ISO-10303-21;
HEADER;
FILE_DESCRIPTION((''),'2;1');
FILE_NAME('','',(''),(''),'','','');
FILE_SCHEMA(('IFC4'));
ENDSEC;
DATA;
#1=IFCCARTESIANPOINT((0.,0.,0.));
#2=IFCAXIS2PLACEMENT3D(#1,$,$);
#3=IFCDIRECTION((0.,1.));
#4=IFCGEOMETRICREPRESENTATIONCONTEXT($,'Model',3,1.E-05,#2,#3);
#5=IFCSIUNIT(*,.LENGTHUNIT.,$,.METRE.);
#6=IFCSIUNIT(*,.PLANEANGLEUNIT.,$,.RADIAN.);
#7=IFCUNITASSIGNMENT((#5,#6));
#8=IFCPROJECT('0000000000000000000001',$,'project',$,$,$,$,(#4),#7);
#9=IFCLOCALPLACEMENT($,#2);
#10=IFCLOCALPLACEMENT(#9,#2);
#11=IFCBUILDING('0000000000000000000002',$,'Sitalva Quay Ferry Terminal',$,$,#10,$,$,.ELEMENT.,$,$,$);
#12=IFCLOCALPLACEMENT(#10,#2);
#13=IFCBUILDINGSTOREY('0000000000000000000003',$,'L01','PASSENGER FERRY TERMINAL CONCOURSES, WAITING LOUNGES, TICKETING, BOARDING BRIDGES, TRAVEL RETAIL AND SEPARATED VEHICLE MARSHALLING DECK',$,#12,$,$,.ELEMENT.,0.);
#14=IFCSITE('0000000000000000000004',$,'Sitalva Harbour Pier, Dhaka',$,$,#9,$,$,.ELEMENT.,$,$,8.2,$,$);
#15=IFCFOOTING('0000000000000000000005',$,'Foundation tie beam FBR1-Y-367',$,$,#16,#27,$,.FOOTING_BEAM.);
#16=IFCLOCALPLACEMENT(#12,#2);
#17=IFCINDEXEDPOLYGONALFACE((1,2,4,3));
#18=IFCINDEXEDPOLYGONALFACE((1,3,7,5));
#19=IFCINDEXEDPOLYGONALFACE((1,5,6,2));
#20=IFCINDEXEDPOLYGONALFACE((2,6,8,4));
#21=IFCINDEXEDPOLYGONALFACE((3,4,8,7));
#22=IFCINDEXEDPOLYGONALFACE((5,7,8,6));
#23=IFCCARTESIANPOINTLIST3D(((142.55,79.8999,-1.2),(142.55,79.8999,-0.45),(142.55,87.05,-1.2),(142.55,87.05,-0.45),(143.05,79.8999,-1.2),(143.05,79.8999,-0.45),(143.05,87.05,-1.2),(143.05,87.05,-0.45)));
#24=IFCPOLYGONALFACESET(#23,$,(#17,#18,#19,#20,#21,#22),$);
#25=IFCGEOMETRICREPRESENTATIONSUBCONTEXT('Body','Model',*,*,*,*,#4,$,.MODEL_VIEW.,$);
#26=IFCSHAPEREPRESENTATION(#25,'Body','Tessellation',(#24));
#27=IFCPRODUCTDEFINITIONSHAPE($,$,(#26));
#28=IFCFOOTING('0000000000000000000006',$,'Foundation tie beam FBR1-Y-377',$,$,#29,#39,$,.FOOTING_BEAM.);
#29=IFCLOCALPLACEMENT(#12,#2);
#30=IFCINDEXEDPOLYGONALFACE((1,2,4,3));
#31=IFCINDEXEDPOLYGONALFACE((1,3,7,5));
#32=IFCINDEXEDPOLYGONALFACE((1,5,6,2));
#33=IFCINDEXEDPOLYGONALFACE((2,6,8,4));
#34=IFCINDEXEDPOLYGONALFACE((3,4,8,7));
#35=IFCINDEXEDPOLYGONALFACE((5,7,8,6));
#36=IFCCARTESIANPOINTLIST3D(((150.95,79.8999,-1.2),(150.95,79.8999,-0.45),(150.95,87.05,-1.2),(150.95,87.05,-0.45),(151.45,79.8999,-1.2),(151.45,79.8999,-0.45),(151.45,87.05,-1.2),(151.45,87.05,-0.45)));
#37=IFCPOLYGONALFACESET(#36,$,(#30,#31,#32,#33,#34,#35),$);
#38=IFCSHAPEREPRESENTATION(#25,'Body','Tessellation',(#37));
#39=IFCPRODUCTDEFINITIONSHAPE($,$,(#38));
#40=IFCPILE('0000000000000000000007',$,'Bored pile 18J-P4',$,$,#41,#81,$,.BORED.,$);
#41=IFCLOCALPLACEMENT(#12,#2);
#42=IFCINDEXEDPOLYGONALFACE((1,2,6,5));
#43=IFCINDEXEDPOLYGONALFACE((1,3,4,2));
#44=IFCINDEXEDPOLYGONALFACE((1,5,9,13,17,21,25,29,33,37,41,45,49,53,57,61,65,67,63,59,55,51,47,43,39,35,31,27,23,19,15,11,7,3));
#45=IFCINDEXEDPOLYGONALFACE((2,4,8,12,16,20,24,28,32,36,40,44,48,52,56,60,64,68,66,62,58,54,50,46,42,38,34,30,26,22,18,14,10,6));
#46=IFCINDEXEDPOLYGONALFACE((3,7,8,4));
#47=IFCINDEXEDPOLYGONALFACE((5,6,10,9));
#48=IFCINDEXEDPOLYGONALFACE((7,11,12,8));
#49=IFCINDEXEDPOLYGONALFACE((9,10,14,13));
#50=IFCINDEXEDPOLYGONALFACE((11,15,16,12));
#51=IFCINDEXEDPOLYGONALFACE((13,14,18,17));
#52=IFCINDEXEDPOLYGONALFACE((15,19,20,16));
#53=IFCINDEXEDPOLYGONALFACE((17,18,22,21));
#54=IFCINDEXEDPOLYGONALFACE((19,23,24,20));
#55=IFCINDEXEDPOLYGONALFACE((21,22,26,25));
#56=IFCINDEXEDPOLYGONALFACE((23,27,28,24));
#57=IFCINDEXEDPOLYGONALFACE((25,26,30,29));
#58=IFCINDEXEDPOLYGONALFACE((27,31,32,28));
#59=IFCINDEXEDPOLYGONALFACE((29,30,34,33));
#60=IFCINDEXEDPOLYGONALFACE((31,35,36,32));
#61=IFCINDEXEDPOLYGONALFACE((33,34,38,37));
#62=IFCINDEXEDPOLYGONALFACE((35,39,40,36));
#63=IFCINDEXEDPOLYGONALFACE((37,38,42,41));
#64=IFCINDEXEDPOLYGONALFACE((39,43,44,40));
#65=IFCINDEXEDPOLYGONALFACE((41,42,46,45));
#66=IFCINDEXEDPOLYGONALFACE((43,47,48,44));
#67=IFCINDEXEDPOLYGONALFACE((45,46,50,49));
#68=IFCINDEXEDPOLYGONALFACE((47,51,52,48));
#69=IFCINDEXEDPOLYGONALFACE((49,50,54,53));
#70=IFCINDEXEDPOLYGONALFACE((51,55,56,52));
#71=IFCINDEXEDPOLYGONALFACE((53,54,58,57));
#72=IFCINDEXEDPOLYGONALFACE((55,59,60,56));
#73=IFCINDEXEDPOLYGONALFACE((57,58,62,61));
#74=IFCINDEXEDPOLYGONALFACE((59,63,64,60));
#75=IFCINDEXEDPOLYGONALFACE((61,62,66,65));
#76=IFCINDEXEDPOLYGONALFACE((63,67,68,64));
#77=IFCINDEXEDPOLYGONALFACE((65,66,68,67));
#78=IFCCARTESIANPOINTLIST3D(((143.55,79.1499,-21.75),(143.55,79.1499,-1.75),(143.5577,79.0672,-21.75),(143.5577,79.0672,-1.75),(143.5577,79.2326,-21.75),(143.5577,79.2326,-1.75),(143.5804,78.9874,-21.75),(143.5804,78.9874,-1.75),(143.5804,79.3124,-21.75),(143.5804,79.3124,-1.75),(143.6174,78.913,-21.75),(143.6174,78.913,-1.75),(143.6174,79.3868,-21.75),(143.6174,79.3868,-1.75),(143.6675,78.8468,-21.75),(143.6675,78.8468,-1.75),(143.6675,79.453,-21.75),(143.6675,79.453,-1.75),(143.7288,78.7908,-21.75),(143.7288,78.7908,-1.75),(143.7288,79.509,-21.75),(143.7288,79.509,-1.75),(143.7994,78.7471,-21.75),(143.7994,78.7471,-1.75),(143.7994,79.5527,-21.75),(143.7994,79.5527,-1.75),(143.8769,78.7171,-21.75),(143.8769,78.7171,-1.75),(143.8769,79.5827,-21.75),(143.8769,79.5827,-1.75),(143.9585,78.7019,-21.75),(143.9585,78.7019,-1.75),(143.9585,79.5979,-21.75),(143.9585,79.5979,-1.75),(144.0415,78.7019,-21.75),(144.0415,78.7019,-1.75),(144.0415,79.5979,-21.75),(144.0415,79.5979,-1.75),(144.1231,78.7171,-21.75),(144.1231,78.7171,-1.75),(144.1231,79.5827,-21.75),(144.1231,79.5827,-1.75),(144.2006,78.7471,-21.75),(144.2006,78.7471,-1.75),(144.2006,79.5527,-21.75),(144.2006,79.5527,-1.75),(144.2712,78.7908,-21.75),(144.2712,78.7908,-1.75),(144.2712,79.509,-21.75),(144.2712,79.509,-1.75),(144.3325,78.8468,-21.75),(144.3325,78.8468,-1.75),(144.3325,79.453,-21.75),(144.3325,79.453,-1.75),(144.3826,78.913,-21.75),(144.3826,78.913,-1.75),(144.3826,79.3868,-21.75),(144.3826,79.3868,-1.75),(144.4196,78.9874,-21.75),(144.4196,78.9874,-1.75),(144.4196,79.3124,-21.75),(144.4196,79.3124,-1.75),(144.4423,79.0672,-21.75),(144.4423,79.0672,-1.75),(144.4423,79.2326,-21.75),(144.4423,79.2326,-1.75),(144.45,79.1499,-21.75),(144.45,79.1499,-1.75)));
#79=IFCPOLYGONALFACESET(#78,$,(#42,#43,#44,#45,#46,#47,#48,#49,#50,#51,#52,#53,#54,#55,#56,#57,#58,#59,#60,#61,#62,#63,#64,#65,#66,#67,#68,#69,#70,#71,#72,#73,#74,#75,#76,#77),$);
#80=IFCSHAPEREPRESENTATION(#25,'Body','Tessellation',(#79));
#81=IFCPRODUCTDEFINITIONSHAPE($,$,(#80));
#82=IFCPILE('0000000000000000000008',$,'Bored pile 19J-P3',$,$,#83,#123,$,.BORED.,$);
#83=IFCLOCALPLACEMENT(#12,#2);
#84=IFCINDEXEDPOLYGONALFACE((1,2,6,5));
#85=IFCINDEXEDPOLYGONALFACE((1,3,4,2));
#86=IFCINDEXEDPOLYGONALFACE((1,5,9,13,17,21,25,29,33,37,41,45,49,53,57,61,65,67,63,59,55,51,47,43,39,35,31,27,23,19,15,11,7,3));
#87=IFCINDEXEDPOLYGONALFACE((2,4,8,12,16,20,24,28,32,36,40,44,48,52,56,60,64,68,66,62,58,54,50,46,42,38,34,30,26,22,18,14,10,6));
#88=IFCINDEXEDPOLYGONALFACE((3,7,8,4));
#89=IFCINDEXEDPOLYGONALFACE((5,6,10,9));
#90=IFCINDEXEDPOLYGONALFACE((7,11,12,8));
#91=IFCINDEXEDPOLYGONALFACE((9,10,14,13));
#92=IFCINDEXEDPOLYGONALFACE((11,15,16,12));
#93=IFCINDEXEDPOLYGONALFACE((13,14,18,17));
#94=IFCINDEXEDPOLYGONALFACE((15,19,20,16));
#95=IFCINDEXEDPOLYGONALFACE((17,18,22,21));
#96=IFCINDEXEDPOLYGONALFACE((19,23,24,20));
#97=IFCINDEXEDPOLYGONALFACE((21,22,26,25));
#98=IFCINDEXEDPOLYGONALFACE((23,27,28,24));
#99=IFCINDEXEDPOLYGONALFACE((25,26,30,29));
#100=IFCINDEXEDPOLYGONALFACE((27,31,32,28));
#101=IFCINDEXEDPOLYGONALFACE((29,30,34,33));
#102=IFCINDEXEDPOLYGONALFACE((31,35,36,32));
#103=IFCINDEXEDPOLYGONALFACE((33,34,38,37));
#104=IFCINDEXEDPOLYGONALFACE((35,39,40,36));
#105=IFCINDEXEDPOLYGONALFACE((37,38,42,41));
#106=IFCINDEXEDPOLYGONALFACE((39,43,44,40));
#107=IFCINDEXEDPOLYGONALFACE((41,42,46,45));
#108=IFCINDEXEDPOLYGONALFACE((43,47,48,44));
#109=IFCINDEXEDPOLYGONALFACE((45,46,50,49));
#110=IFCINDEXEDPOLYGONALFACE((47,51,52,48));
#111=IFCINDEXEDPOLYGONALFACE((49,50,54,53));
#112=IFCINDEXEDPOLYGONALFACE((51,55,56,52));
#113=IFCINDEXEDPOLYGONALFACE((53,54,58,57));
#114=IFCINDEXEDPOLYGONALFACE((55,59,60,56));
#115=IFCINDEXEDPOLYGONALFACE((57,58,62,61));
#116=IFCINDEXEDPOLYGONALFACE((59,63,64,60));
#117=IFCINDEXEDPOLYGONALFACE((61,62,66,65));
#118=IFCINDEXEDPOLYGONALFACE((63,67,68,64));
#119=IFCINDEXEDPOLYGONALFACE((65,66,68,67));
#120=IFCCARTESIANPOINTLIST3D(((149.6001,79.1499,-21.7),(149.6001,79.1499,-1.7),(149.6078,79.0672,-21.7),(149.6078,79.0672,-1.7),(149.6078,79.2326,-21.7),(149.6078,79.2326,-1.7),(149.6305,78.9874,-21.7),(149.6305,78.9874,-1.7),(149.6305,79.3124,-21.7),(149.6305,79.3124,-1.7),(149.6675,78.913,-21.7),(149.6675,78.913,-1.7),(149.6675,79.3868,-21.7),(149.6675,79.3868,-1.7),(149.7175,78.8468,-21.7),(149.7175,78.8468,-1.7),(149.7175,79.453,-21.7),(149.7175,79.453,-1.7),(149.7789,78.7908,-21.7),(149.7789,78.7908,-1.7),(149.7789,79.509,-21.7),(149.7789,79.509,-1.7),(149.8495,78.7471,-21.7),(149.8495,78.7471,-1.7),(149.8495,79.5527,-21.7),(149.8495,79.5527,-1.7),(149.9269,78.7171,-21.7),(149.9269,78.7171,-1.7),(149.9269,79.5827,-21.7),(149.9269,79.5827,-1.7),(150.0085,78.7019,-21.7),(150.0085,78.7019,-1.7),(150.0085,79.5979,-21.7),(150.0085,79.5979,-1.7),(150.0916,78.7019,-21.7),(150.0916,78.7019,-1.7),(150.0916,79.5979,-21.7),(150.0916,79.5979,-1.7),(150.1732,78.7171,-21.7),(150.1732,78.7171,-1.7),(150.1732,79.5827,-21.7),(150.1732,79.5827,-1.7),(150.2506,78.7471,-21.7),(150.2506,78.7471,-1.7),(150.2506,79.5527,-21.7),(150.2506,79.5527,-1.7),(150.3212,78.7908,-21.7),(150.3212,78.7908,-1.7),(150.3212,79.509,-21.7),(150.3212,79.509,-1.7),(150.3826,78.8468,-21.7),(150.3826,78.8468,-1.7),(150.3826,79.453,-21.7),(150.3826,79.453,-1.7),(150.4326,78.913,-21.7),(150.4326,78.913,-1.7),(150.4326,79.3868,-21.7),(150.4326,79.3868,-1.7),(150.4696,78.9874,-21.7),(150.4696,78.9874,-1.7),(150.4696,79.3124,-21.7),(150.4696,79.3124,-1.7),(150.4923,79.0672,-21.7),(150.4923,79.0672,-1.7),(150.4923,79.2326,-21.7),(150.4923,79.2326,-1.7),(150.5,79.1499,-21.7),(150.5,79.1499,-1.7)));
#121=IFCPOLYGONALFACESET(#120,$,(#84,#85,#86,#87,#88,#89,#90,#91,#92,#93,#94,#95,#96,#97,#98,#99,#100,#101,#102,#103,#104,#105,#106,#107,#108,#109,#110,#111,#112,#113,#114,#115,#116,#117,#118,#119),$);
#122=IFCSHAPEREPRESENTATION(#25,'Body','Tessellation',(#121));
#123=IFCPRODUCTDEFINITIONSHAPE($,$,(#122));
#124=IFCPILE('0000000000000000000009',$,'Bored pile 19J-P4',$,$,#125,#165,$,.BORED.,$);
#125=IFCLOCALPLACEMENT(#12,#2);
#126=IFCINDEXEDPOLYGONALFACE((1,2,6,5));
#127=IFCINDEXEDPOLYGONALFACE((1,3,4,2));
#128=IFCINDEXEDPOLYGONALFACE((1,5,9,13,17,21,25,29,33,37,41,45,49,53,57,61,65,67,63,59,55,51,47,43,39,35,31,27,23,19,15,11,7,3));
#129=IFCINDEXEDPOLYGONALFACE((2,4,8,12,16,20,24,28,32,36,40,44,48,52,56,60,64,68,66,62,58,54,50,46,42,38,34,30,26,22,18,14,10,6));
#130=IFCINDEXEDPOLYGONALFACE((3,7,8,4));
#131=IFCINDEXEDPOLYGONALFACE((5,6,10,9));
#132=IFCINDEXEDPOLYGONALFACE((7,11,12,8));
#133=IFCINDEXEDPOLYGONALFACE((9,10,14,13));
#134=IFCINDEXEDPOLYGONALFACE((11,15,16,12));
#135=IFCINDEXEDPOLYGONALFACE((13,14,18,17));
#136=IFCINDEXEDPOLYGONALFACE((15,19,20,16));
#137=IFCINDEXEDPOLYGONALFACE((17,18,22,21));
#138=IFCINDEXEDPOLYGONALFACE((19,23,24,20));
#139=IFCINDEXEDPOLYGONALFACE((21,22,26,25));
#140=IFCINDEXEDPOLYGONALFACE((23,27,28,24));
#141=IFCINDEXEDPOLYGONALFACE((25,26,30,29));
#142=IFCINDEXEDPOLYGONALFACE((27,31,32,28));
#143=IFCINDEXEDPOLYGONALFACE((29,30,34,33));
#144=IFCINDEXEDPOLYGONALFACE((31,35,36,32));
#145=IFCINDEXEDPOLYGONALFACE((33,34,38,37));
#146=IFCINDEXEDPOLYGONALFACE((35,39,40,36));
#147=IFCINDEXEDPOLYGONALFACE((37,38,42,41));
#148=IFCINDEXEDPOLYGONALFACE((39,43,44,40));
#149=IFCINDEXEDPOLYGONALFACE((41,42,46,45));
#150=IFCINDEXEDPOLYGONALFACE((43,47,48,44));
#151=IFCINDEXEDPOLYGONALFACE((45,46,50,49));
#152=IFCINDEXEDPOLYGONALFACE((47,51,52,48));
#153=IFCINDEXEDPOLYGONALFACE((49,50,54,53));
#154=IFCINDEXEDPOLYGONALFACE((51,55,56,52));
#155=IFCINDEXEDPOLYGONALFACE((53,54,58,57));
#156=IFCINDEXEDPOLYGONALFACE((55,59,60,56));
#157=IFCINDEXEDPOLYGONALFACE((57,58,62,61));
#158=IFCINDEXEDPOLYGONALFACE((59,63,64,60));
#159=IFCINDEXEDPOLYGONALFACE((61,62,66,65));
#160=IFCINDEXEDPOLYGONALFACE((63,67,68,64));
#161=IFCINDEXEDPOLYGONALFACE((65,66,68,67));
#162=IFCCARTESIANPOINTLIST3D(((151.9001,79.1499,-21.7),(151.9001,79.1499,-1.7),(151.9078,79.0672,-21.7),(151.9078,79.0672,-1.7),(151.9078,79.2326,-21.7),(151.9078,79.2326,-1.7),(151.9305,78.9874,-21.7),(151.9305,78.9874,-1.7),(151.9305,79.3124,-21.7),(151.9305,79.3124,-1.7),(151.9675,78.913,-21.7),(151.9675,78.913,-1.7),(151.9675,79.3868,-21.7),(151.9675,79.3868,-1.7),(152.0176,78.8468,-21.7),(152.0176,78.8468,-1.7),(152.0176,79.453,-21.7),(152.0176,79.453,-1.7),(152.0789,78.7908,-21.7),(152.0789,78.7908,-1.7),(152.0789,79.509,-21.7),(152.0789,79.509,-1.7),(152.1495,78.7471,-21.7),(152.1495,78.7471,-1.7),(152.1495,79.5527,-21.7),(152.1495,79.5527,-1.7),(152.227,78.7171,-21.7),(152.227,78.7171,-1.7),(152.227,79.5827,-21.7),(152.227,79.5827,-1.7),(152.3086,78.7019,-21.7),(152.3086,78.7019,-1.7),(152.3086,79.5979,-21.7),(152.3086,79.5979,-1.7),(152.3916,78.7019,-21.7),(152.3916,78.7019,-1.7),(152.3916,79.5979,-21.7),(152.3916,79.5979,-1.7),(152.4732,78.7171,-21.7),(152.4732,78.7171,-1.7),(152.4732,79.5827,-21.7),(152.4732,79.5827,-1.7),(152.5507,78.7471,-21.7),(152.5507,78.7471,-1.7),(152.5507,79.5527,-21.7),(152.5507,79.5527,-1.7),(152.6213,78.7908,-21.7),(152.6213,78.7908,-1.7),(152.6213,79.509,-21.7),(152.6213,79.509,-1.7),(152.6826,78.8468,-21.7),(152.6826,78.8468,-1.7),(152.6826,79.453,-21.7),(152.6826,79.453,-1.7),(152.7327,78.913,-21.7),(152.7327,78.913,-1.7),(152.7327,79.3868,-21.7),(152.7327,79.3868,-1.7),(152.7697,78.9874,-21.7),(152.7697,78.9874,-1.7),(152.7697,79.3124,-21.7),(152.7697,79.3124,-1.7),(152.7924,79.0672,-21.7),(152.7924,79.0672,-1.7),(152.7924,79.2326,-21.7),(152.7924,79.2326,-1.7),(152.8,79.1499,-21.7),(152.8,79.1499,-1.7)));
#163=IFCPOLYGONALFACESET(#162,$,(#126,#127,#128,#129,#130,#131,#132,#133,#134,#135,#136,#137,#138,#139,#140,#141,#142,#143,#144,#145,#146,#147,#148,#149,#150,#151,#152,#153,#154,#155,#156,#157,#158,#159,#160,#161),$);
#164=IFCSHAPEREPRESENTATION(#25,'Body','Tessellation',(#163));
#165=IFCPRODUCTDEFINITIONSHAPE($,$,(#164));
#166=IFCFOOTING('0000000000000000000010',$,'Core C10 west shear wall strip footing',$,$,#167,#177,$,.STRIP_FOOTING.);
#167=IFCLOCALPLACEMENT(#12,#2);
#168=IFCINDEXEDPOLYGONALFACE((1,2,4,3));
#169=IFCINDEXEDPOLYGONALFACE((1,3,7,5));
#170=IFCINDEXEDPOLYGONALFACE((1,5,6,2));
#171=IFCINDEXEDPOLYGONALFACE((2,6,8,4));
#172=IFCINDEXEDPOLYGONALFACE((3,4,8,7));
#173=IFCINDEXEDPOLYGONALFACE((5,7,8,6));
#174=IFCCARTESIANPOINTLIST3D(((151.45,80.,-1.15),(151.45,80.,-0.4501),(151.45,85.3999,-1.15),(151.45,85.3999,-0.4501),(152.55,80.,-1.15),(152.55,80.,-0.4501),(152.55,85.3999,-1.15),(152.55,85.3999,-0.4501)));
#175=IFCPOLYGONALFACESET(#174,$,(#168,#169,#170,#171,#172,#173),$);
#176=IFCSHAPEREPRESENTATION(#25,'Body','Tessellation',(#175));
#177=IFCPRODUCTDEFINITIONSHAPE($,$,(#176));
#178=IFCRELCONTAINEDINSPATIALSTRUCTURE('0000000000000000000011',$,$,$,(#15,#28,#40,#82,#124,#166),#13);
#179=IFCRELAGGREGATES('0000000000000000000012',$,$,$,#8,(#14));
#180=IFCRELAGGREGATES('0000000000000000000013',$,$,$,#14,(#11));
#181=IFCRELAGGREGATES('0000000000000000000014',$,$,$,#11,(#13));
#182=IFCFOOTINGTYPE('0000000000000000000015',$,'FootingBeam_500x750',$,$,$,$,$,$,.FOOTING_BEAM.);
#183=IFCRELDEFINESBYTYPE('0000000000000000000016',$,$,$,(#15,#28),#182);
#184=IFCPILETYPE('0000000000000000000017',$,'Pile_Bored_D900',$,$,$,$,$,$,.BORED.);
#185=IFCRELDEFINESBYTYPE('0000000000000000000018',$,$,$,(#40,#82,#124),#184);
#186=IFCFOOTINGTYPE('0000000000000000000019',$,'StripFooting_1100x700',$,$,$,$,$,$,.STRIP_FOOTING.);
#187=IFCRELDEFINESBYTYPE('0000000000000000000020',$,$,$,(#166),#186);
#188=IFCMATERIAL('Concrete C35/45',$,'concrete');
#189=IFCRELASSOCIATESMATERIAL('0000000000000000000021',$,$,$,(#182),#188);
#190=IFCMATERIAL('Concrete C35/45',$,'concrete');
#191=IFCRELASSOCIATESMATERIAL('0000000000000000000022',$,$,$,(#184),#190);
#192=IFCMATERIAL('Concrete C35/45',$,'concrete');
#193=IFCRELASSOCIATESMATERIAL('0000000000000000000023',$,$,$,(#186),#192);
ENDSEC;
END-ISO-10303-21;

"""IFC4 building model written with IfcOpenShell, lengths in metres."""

from ifc_helpers import new_model, si_unit, direction, frame, origin, origin_2d, place, context, subcontext, project, spatial, rectangle, circle, extrude, material, material_profile, profile_set, type_object, element, save


model = new_model("IFC4")

# Units and contexts
model_context = context("Model", 3, precision=1e-05, world=origin(), true_north=direction((0.0, 1.0)))
body_context = subcontext(model_context, "Body", "Model", "MODEL_VIEW")
ifc_project = project(units=[si_unit("LENGTHUNIT", "METRE"), si_unit("PLANEANGLEUNIT", "RADIAN")], contexts=[model_context])

# Site, building, storey
site_placement = place(None, origin())
site = spatial("IfcSite", under=ifc_project, at=site_placement, Name="Sitalva Harbour Pier, Dhaka", CompositionType="ELEMENT", RefElevation=8.2)
building_placement = place(site_placement, origin())
building = spatial("IfcBuilding", under=site, at=building_placement, Name="Sitalva Quay Ferry Terminal", CompositionType="ELEMENT")
storey_placement = place(building_placement, origin())
storey = spatial("IfcBuildingStorey", under=building, at=storey_placement, Name="L01", Description="PASSENGER FERRY TERMINAL CONCOURSES, WAITING LOUNGES, TICKETING, BOARDING BRIDGES, TRAVEL RETAIL AND SEPARATED VEHICLE MARSHALLING DECK", CompositionType="ELEMENT", Elevation=0.0)

# Footings
ifc_material_1 = material(Name="Concrete C35/45", Category="concrete")
ifc_material_profile_1 = material_profile(ifc_material_1, rectangle(XDim=0.5, YDim=0.75, at=origin_2d()), Name="RC500x750")
ifc_profile_set_1 = profile_set([ifc_material_profile_1], Name="Concrete C35/45")
footing_type_1 = type_object("IfcFootingType", Name="FootingBeam_500x750", PredefinedType="FOOTING_BEAM", material=ifc_profile_set_1)
for number, where, z_axis, x_axis, name in (
    (1, (142.8, 79.8999, -0.825), (0.0, 1.0, 0.0), (-1.0, 0.0, 0.0), "Foundation tie beam FBR1-Y-367"),
    (2, (151.2, 79.8999, -0.825), (0.0, 1.0, 0.0), (-1.0, 0.0, 0.0), "Foundation tie beam FBR1-Y-377"),
):
    element("IfcFooting", number, at=place(storey_placement, frame(where, z_axis=z_axis, x_axis=x_axis)), inside=storey, type_object=footing_type_1, Name=name, PredefinedType="FOOTING_BEAM", context=body_context, shape_type="SweptSolid", body=[
        extrude(rectangle(XDim=0.5, YDim=0.75, at=origin_2d()), origin(), (0.0, 0.0, 1.0), 7.1501),
    ])

# Piles
ifc_material_2 = material(Name="Concrete C35/45", Category="concrete")
ifc_material_profile_2 = material_profile(ifc_material_2, circle(Radius=0.45, at=origin_2d()), Name="PILE-D900")
ifc_profile_set_2 = profile_set([ifc_material_profile_2], Name="Concrete C35/45")
pile_type = type_object("IfcPileType", Name="Pile_Bored_D900", PredefinedType="BORED", material=ifc_profile_set_2)
for number, where, z_axis, x_axis, name in (
    (3, (144.0, 79.1499, -1.75), (0.0, 0.0, -1.0), (1.0, 0.0, 0.0), "Bored pile 18J-P4"),
    (4, (150.05, 79.1499, -1.7), (0.0, 0.0, -1.0), (1.0, 0.0, 0.0), "Bored pile 19J-P3"),
    (5, (152.3501, 79.1499, -1.7), (0.0, 0.0, -1.0), (1.0, 0.0, 0.0), "Bored pile 19J-P4"),
):
    element("IfcPile", number, at=place(storey_placement, frame(where, z_axis=z_axis, x_axis=x_axis)), inside=storey, type_object=pile_type, Name=name, PredefinedType="BORED", context=body_context, shape_type="SweptSolid", body=[
        extrude(circle(Radius=0.45, at=origin_2d()), origin(), (0.0, 0.0, 1.0), 20.0),
    ])

# Footing
ifc_material_3 = material(Name="Concrete C35/45", Category="concrete")
ifc_material_profile_3 = material_profile(ifc_material_3, rectangle(XDim=1.1001, YDim=0.7, at=origin_2d()), Name="RC1100x700")
ifc_profile_set_3 = profile_set([ifc_material_profile_3], Name="Concrete C35/45")
footing_type_2 = type_object("IfcFootingType", Name="StripFooting_1100x700", PredefinedType="STRIP_FOOTING", material=ifc_profile_set_3)
footing_placement = place(storey_placement, frame((152.0, 80.0, -0.8), z_axis=(0.0, 1.0, 0.0), x_axis=(-1.0, 0.0, 0.0)))
element("IfcFooting", 6, at=footing_placement, inside=storey, type_object=footing_type_2, Name="Core C10 west shear wall strip footing", PredefinedType="STRIP_FOOTING", context=body_context, shape_type="SweptSolid", body=[
    extrude(rectangle(XDim=1.1001, YDim=0.7, at=origin_2d()), origin(), (0.0, 0.0, 1.0), 5.3999),
])

save(model, "model.ifc")
